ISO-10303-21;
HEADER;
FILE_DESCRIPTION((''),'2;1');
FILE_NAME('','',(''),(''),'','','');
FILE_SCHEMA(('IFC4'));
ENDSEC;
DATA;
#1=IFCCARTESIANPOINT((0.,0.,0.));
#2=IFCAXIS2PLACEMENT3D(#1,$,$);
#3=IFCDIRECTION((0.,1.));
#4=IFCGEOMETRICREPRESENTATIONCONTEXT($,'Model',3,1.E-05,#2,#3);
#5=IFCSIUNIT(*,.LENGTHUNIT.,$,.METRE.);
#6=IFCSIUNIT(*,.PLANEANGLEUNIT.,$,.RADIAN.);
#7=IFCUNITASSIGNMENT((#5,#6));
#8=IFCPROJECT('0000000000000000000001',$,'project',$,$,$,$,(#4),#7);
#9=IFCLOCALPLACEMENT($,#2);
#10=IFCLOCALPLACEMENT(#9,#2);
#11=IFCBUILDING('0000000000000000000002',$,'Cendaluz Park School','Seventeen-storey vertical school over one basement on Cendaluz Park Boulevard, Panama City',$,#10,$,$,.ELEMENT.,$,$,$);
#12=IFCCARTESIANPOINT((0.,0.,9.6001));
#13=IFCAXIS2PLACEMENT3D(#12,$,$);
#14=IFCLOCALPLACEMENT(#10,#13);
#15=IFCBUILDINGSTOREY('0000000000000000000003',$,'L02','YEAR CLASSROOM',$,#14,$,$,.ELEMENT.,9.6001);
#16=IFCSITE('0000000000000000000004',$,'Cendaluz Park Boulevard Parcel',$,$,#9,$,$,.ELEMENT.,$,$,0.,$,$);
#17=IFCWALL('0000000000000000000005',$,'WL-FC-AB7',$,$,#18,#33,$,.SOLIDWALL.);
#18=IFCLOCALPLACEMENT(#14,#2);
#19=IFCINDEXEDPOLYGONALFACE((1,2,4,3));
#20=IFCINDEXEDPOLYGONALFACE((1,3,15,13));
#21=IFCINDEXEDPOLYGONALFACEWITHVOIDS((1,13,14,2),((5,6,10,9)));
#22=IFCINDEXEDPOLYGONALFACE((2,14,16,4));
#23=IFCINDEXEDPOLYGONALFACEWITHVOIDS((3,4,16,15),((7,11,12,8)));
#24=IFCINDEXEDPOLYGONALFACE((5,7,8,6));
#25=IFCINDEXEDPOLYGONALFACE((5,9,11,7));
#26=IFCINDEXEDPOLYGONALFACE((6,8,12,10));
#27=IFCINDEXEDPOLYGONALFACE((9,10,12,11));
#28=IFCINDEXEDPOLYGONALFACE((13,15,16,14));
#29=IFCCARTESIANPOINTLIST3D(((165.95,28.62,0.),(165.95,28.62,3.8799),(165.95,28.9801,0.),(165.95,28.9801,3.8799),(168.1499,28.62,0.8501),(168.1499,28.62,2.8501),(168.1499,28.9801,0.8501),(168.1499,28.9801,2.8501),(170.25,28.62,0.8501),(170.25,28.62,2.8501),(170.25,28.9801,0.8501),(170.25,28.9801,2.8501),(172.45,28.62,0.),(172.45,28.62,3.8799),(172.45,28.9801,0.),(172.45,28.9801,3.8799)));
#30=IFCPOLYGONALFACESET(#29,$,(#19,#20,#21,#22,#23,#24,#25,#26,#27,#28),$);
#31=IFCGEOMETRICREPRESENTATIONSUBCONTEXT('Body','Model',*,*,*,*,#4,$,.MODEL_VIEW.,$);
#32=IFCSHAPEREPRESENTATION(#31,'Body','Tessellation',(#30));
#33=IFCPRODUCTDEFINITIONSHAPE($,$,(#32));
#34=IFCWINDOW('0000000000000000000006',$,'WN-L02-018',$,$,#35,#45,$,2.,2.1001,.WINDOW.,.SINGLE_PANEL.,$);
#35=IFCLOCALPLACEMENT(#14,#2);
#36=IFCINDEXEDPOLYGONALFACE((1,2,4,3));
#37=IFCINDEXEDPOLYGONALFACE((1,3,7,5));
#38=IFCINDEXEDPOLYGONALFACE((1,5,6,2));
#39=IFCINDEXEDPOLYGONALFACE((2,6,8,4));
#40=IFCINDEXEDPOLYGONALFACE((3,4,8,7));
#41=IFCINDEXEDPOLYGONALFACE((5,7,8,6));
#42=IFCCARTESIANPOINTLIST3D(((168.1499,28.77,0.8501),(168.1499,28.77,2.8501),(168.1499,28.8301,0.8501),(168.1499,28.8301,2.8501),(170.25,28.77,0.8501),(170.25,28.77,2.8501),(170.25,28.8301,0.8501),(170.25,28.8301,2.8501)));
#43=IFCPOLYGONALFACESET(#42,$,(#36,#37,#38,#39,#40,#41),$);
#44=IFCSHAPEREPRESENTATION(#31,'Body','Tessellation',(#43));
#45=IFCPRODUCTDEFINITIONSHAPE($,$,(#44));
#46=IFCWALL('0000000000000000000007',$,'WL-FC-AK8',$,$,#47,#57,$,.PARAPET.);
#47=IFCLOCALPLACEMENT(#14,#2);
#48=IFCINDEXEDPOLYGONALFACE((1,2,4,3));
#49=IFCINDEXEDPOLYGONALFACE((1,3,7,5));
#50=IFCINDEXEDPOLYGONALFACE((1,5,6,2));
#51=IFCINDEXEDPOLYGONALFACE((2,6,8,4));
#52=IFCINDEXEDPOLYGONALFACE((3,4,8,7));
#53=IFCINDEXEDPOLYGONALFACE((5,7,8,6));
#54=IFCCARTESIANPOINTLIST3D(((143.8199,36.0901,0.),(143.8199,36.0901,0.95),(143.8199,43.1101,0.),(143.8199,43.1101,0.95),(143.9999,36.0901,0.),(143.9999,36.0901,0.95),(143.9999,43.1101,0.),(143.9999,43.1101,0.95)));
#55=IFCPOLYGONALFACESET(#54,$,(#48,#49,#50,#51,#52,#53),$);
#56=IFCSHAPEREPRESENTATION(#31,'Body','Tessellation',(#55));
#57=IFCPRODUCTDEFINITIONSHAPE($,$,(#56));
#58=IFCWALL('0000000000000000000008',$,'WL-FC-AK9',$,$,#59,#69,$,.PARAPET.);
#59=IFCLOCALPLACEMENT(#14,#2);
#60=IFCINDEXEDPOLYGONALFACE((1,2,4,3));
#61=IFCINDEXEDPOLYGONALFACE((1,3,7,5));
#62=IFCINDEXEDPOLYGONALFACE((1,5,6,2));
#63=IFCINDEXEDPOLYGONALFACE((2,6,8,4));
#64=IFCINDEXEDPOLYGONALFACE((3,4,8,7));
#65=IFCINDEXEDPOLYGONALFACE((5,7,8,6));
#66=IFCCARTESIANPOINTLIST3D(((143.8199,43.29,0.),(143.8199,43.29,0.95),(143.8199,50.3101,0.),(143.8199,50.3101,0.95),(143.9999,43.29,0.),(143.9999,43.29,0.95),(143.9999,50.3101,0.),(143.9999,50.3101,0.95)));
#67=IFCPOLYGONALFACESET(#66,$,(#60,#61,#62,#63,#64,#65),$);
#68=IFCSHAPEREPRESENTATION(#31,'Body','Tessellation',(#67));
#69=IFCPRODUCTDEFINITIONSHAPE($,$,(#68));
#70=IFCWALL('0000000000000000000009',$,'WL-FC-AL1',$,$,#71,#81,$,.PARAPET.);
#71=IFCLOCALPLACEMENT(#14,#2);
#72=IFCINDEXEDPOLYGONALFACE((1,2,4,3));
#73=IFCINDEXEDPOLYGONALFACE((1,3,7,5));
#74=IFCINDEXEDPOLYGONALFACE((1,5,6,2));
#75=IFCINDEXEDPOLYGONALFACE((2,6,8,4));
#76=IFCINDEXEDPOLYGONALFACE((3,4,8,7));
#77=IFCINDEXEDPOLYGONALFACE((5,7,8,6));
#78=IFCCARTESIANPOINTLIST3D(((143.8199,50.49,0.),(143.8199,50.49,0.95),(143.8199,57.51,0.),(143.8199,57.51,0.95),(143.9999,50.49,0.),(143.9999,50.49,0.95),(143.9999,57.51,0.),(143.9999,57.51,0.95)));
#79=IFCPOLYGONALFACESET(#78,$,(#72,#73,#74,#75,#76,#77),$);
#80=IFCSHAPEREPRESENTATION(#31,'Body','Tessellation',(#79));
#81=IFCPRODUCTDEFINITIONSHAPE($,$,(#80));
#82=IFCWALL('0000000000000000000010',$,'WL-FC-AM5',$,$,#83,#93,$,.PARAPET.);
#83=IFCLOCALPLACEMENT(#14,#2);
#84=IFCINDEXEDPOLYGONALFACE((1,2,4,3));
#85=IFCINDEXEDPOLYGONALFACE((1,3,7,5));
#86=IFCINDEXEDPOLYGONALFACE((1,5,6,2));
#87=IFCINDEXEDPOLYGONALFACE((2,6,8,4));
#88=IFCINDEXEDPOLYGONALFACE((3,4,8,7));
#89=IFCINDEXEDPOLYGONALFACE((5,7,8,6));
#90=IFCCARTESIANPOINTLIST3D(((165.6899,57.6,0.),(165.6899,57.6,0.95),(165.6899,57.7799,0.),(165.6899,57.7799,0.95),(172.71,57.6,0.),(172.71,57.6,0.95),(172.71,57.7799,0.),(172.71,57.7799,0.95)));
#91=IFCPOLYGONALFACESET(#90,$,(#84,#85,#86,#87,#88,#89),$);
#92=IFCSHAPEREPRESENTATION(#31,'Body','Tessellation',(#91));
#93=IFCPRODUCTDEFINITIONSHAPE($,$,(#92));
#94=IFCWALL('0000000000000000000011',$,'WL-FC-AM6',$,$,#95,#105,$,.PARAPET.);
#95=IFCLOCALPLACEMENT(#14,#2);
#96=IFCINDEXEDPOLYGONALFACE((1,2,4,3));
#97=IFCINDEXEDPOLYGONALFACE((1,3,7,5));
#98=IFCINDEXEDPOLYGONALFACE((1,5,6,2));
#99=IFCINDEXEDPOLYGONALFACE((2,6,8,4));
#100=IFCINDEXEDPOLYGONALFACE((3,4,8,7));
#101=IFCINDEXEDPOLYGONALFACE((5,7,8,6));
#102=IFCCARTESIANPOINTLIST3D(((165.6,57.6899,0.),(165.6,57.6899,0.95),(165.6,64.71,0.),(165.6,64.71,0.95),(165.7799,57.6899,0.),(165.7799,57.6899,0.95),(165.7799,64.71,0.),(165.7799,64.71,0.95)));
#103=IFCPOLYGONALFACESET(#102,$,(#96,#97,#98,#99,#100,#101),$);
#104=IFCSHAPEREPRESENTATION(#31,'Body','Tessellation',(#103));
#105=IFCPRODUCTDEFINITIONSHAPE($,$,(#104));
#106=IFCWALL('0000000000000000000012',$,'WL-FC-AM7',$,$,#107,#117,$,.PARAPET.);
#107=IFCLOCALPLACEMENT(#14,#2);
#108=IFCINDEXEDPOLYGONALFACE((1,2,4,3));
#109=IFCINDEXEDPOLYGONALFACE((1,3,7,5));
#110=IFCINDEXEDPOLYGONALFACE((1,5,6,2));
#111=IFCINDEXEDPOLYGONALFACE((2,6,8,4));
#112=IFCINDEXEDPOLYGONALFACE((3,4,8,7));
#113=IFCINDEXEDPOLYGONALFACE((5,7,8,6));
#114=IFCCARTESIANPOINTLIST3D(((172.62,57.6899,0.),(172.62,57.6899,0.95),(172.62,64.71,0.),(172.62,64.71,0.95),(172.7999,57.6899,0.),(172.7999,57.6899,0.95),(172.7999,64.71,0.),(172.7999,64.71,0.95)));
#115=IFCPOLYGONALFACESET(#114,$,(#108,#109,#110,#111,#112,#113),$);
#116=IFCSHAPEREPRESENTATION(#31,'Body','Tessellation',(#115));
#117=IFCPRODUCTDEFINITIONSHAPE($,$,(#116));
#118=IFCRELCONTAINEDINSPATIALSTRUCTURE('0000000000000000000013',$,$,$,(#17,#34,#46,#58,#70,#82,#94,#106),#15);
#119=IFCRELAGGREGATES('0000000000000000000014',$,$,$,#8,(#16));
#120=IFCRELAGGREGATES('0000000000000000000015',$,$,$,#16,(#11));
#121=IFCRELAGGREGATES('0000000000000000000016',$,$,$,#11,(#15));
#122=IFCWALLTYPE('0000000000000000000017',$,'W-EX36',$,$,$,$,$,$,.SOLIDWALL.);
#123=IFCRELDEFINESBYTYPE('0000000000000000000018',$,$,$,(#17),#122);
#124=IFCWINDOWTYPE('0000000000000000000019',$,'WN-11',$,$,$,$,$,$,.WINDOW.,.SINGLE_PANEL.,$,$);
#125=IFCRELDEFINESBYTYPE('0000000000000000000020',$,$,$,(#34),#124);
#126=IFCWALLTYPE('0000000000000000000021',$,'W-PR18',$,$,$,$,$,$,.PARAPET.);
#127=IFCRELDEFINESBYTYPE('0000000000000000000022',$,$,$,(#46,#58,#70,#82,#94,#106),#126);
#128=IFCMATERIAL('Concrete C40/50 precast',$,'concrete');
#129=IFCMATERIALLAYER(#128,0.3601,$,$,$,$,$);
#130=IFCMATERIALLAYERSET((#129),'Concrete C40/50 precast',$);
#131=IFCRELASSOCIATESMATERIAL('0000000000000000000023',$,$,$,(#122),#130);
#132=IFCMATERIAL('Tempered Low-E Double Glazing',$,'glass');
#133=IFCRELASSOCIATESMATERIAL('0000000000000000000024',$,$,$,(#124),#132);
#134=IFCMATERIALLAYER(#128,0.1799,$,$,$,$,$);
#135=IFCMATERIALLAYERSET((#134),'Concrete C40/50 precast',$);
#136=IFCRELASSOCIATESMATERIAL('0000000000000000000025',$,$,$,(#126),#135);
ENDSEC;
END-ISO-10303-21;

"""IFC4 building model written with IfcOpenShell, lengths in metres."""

from ifc_helpers import new_model, si_unit, direction, frame, frame_2d, origin, place, context, subcontext, project, spatial, rectangle, extrude, material, layer, layer_set, type_object, element, fill, save


model = new_model("IFC4")

# Units and contexts
model_context = context("Model", 3, precision=1e-05, world=origin(), true_north=direction((0.0, 1.0)))
body_context = subcontext(model_context, "Body", "Model", "MODEL_VIEW")
ifc_project = project(units=[si_unit("LENGTHUNIT", "METRE"), si_unit("PLANEANGLEUNIT", "RADIAN")], contexts=[model_context])

# Site, building, storey
site_placement = place(None, origin())
site = spatial("IfcSite", under=ifc_project, at=site_placement, Name="Cendaluz Park Boulevard Parcel", CompositionType="ELEMENT", RefElevation=0.0)
building_placement = place(site_placement, origin())
building = spatial("IfcBuilding", under=site, at=building_placement, Name="Cendaluz Park School", Description="Seventeen-storey vertical school over one basement on Cendaluz Park Boulevard, Panama City", CompositionType="ELEMENT")
storey_placement = place(building_placement, frame((0.0, 0.0, 9.6001)))
storey = spatial("IfcBuildingStorey", under=building, at=storey_placement, Name="L02", Description="YEAR CLASSROOM", CompositionType="ELEMENT", Elevation=9.6001)

# Shared definitions
ifc_material_1 = material(Name="Tempered Low-E Double Glazing", Category="glass")

# Wall, opening, window
ifc_material_2 = material(Name="Concrete C40/50 precast", Category="concrete")
ifc_layer_1 = layer(ifc_material_2, 0.3601)
ifc_layer_set_1 = layer_set([ifc_layer_1], Name="Concrete C40/50 precast")
wall_type_1 = type_object("IfcWallType", Name="W-EX36", PredefinedType="SOLIDWALL", material=ifc_layer_set_1)
wall_placement = place(storey_placement, frame((165.95, 28.8, 0.0), z_axis=(0.0, 0.0, 1.0), x_axis=(1.0, 0.0, 0.0)))
wall = element("IfcWall", 1, at=wall_placement, inside=storey, type_object=wall_type_1, Name="WL-FC-AB7", PredefinedType="SOLIDWALL", context=body_context, shape_type="SweptSolid", body=[
    extrude(rectangle(XDim=6.5, YDim=0.3601, at=frame_2d((3.25, 0.0))), origin(), (0.0, 0.0, 1.0), 3.8799),
])
opening_placement = place(wall_placement, frame((2.2, 0.0, 0.8501)))
opening = element("IfcOpeningElement", 2, at=opening_placement, cuts=wall, PredefinedType="OPENING", context=body_context, shape_type="SweptSolid", body=[
    extrude(rectangle(XDim=2.1001, YDim=2.0, at=frame_2d((1.05, 1.0))), frame((0.0, 0.1921, 0.0), z_axis=(0.0, -1.0, 0.0), x_axis=(1.0, 0.0, 0.0)), (0.0, 0.0, 1.0), 0.384),
])
window_type = type_object("IfcWindowType", Name="WN-11", PartitioningType="SINGLE_PANEL", PredefinedType="WINDOW", material=ifc_material_1)
window_placement = place(opening_placement, origin())
window = element("IfcWindow", 3, at=window_placement, inside=storey, type_object=window_type, Name="WN-L02-018", OverallHeight=2.0, OverallWidth=2.1001, PartitioningType="SINGLE_PANEL", PredefinedType="WINDOW", context=body_context, shape_type="SweptSolid", body=[
    extrude(rectangle(XDim=2.1001, YDim=2.0, at=frame_2d((1.05, 1.0))), frame((0.0, 0.03, 0.0), z_axis=(0.0, -1.0, 0.0), x_axis=(1.0, 0.0, 0.0)), (0.0, 0.0, 1.0), 0.0601),
])
fill(opening, window)

# Walls
ifc_layer_2 = layer(ifc_material_2, 0.1799)
ifc_layer_set_2 = layer_set([ifc_layer_2], Name="Concrete C40/50 precast")
wall_type_2 = type_object("IfcWallType", Name="W-PR18", PredefinedType="PARAPET", material=ifc_layer_set_2)
for number, where, z_axis, x_axis, name in (
    (4, (143.9099, 36.0901, 0.0), (0.0, 0.0, 1.0), (0.0, 1.0, 0.0), "WL-FC-AK8"),
    (5, (143.9099, 43.29, 0.0), (0.0, 0.0, 1.0), (0.0, 1.0, 0.0), "WL-FC-AK9"),
    (6, (143.9099, 50.49, 0.0), (0.0, 0.0, 1.0), (0.0, 1.0, 0.0), "WL-FC-AL1"),
    (7, (165.6899, 57.6899, 0.0), (0.0, 0.0, 1.0), (1.0, 0.0, 0.0), "WL-FC-AM5"),
    (8, (165.6899, 57.6899, 0.0), (0.0, 0.0, 1.0), (0.0, 1.0, 0.0), "WL-FC-AM6"),
    (9, (172.71, 57.6899, 0.0), (0.0, 0.0, 1.0), (0.0, 1.0, 0.0), "WL-FC-AM7"),
):
    element("IfcWall", number, at=place(storey_placement, frame(where, z_axis=z_axis, x_axis=x_axis)), inside=storey, type_object=wall_type_2, Name=name, PredefinedType="PARAPET", context=body_context, shape_type="SweptSolid", body=[
        extrude(rectangle(XDim=7.02, YDim=0.1799, at=frame_2d((3.51, 0.0))), origin(), (0.0, 0.0, 1.0), 0.95),
    ])

save(model, "model.ifc")
